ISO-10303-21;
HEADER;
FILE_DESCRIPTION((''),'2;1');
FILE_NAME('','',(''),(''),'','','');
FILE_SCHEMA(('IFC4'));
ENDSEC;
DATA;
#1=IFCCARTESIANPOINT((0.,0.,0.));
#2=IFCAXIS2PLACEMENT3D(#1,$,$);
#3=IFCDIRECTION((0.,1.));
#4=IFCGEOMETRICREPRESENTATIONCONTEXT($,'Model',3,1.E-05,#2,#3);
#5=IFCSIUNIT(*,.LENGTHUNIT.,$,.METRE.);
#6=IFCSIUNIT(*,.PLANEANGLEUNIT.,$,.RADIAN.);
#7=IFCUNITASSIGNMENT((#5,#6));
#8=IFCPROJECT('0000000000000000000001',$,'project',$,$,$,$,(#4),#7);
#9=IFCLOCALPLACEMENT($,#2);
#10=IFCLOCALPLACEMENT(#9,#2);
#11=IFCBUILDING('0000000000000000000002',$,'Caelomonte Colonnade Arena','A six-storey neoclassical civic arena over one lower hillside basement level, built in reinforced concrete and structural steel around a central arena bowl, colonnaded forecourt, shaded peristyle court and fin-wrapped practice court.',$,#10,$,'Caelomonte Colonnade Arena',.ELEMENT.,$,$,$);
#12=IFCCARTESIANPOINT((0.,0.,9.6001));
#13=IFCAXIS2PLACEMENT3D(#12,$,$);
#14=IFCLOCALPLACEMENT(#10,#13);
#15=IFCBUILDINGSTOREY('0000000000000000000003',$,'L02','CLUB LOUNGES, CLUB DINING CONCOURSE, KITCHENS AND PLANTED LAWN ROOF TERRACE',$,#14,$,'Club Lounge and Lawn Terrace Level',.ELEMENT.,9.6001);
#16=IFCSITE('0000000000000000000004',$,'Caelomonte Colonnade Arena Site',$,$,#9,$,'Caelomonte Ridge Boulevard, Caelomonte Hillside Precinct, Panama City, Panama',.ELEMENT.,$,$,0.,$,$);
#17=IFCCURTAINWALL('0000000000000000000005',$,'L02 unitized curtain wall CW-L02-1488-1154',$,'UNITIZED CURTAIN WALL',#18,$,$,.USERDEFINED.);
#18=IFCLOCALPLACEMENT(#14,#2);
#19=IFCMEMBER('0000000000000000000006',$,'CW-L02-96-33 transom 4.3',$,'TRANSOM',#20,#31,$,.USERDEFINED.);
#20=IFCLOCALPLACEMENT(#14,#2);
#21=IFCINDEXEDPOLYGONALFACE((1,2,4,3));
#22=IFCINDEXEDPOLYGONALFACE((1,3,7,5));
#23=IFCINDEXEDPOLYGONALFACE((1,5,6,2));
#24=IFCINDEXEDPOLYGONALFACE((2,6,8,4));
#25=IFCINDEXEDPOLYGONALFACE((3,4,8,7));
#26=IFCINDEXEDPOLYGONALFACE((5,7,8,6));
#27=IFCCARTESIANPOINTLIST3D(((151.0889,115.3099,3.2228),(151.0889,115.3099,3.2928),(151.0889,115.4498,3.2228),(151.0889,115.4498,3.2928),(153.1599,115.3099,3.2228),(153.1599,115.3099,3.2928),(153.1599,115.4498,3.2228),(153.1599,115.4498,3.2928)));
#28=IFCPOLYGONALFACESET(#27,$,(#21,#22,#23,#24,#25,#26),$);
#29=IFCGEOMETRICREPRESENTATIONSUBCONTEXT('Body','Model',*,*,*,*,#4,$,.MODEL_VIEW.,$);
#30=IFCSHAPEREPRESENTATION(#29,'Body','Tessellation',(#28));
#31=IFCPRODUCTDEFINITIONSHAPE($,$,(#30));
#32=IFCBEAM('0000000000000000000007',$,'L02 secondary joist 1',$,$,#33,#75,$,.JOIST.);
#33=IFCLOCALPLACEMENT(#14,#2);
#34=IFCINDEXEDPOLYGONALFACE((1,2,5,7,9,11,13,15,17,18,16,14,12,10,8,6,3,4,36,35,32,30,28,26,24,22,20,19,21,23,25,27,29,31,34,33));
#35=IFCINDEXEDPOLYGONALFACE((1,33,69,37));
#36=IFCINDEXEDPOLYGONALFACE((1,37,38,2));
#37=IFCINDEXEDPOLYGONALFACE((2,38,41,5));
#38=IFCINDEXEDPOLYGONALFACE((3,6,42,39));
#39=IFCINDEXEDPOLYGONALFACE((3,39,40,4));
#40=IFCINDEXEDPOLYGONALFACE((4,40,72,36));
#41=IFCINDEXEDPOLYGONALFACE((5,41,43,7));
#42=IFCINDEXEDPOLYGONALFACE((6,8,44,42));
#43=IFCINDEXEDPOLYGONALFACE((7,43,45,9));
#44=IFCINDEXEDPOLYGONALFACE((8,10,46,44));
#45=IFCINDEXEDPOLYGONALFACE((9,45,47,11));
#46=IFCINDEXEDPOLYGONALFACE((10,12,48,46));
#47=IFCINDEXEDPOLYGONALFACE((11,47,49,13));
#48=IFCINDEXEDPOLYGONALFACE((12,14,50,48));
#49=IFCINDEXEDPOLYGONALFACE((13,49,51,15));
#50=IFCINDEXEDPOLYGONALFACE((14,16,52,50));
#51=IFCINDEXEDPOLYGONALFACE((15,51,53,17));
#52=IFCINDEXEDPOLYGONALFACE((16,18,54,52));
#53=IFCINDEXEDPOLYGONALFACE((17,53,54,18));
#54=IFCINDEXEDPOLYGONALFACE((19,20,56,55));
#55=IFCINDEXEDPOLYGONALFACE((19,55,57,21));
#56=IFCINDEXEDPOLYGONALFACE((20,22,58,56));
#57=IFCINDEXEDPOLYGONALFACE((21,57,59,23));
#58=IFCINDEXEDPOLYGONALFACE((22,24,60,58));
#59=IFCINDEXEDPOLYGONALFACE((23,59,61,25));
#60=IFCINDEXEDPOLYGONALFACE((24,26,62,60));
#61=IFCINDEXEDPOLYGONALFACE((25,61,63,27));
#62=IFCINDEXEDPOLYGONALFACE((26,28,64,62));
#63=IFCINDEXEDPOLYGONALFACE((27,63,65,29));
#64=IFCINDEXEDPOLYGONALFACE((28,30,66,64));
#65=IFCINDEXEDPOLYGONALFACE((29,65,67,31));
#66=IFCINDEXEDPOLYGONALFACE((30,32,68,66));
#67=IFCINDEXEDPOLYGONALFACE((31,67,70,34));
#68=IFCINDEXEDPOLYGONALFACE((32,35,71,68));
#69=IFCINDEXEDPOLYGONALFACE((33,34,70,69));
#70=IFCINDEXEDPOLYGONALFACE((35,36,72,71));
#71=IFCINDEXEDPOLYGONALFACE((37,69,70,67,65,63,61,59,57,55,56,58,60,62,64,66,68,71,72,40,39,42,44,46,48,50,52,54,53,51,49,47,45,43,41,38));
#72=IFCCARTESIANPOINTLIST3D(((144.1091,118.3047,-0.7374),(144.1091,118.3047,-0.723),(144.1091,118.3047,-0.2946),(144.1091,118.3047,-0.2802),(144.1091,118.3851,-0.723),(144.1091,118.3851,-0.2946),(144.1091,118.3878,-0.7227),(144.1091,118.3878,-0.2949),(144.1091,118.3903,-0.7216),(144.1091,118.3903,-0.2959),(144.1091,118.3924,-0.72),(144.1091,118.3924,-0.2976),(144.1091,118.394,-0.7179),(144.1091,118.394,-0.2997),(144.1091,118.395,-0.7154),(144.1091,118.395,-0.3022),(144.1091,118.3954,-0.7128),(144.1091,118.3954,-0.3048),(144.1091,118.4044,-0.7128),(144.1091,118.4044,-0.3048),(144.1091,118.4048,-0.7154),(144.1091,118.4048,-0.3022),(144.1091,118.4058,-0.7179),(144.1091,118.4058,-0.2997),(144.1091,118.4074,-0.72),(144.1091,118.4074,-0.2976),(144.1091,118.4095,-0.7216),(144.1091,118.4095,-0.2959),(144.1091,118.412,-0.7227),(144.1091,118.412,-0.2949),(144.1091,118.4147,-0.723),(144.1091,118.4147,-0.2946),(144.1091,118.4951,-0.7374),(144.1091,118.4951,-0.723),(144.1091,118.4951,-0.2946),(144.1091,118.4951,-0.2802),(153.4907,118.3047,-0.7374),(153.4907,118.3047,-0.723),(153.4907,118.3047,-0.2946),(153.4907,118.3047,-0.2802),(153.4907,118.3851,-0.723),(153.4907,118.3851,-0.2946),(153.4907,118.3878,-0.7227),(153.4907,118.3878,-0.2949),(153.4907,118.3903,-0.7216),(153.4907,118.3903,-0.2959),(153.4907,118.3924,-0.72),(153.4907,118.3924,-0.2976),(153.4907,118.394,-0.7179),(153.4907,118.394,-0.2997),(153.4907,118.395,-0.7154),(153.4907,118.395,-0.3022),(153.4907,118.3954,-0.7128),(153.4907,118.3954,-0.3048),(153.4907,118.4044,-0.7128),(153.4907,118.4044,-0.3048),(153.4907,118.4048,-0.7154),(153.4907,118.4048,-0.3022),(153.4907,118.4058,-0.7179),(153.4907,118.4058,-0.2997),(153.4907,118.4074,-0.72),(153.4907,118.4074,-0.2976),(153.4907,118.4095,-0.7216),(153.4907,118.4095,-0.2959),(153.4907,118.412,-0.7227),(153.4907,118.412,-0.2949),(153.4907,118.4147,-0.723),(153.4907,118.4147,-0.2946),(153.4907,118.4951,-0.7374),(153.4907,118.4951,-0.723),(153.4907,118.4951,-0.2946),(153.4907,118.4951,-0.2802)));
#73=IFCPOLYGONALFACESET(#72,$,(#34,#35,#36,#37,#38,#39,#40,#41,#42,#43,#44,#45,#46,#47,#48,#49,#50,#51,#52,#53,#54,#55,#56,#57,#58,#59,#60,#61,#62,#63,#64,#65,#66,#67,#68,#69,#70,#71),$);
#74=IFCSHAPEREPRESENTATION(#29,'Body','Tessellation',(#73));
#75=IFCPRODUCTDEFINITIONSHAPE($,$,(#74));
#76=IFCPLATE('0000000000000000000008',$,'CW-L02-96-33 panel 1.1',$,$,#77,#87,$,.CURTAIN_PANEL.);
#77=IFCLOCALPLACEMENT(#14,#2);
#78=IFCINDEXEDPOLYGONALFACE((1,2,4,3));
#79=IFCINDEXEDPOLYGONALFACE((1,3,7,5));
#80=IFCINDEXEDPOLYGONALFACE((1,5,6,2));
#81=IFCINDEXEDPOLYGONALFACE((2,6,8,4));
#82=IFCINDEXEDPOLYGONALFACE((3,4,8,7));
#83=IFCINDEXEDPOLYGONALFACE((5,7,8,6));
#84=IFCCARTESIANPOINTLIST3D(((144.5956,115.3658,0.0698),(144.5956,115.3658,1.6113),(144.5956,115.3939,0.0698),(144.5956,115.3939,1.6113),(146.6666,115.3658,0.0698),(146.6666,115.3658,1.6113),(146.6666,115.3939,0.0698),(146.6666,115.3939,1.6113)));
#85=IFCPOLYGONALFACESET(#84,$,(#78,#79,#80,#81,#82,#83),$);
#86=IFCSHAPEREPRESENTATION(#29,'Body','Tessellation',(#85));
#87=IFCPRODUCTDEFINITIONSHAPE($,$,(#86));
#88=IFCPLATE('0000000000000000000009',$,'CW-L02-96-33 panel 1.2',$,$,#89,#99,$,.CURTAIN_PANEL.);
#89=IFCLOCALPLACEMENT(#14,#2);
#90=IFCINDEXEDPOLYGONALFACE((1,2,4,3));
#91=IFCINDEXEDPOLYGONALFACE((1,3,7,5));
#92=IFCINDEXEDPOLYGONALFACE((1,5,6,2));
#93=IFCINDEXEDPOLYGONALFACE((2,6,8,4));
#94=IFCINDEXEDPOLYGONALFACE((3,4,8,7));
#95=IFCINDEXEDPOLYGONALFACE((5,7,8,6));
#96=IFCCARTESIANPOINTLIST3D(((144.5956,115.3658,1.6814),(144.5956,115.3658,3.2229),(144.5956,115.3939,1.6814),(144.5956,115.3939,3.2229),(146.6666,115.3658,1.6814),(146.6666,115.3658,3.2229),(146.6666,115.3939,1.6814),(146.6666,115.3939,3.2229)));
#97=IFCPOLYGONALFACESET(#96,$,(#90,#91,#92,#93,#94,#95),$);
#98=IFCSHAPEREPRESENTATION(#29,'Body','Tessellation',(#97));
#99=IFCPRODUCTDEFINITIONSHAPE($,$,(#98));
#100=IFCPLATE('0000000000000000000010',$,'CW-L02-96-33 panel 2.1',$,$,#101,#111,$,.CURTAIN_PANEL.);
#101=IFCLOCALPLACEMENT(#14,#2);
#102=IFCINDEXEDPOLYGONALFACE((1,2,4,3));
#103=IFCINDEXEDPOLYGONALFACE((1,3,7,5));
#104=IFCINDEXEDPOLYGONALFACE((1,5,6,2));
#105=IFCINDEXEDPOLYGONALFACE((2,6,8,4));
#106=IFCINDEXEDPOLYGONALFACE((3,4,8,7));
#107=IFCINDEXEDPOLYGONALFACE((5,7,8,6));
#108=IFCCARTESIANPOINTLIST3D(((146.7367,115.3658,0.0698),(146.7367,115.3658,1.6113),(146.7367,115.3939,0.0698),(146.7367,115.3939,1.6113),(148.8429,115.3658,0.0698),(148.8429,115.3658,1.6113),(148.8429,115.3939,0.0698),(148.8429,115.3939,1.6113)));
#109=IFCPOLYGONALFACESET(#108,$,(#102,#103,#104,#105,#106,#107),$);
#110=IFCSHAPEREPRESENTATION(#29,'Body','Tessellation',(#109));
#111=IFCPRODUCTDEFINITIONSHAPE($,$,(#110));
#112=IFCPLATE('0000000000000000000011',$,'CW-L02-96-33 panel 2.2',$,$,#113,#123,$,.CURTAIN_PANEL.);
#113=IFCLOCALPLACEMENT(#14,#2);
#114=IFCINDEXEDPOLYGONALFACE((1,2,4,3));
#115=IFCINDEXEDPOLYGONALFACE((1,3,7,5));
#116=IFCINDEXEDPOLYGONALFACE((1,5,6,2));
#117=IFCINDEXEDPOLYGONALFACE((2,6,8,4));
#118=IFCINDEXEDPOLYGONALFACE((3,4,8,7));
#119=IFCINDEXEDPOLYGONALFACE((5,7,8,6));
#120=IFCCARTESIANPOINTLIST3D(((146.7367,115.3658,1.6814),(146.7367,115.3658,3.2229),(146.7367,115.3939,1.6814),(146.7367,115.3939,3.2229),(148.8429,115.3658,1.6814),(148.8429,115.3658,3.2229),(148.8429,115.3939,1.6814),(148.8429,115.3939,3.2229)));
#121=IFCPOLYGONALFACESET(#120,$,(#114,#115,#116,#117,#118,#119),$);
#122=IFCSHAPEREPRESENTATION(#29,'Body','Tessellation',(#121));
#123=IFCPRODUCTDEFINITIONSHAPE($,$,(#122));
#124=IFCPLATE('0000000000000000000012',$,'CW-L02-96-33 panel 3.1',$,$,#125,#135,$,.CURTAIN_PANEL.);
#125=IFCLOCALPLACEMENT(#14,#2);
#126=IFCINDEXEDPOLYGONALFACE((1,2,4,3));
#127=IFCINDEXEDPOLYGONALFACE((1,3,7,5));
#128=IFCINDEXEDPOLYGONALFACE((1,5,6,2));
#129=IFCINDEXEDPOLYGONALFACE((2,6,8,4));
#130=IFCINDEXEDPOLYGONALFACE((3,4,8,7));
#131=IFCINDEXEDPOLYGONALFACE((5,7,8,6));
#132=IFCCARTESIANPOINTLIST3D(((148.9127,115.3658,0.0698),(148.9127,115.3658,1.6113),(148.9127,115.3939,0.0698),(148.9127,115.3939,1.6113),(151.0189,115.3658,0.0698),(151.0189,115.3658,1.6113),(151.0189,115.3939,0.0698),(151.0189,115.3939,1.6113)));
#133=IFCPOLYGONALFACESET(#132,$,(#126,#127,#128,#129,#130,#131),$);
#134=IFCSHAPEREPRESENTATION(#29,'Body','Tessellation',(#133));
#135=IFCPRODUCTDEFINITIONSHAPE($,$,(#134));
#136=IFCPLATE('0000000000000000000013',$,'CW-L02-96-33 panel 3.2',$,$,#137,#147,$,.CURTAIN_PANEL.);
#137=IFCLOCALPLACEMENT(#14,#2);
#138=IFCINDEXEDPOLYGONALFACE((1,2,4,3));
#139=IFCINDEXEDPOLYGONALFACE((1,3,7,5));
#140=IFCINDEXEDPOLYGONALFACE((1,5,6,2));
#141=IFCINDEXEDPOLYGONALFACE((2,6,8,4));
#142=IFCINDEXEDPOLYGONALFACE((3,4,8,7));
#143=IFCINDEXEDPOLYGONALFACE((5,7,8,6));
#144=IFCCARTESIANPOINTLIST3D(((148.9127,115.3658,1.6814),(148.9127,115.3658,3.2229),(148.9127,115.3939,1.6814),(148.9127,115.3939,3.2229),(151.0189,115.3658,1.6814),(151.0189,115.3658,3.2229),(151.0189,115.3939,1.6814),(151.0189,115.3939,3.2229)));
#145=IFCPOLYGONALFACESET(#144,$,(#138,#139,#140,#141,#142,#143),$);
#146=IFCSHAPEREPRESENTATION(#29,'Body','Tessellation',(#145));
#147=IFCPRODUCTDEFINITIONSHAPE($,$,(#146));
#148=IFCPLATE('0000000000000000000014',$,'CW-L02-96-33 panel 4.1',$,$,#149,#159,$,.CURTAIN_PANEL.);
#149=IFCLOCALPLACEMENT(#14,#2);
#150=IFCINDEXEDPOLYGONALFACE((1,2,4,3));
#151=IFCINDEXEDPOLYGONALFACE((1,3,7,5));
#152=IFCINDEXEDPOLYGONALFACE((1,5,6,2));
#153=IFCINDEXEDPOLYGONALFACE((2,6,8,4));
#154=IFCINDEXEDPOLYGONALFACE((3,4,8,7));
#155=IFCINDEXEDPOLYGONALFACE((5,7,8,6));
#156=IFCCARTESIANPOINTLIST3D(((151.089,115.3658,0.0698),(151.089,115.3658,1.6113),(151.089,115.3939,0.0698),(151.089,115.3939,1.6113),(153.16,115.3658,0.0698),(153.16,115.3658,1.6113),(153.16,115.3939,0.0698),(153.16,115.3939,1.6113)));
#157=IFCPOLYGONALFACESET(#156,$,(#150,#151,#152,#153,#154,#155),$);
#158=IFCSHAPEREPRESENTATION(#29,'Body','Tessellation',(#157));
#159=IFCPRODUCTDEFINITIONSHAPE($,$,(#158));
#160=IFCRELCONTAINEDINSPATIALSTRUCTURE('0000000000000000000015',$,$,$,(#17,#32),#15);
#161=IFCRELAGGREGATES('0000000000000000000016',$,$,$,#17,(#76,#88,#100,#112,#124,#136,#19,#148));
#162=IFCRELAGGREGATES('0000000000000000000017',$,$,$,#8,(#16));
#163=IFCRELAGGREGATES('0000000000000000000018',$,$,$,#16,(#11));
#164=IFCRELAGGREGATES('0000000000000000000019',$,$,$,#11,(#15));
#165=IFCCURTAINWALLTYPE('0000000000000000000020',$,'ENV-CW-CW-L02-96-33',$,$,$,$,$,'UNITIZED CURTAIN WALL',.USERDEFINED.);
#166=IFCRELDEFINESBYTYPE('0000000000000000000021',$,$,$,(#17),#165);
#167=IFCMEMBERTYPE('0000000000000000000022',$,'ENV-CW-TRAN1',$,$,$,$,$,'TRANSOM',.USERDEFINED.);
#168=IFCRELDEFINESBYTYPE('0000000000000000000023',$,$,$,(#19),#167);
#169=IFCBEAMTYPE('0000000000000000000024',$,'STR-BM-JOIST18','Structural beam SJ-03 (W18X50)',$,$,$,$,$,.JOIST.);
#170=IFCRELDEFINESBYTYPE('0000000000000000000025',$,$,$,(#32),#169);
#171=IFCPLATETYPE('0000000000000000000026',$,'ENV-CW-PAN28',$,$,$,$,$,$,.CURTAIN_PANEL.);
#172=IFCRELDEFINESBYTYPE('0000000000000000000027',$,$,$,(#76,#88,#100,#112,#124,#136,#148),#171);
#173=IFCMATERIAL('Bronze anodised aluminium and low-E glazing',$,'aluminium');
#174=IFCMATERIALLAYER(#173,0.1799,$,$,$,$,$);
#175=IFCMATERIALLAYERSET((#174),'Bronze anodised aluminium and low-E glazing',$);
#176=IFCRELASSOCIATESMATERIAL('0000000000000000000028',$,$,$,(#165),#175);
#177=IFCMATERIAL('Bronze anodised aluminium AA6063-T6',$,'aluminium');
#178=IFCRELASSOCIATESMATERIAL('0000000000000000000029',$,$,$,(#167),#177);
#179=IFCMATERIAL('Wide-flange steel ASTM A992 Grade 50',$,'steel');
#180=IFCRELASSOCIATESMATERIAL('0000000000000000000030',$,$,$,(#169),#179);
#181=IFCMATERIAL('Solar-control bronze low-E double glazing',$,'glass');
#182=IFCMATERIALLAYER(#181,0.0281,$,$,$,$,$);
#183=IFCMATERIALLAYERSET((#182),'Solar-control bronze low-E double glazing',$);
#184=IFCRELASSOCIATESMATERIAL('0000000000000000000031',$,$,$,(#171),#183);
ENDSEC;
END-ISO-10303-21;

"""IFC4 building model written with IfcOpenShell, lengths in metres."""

from ifc_helpers import new_model, si_unit, direction, frame, origin, origin_2d, place, context, subcontext, project, spatial, rectangle, i_section, extrude, material, layer, layer_set, material_profile, profile_set, type_object, element, aggregate, save


model = new_model("IFC4")

# Units and contexts
model_context = context("Model", 3, precision=1e-05, world=origin(), true_north=direction((0.0, 1.0)))
body_context = subcontext(model_context, "Body", "Model", "MODEL_VIEW")
ifc_project = project(units=[si_unit("LENGTHUNIT", "METRE"), si_unit("PLANEANGLEUNIT", "RADIAN")], contexts=[model_context])

# Site, building, storey
site_placement = place(None, origin())
site = spatial("IfcSite", under=ifc_project, at=site_placement, Name="Caelomonte Colonnade Arena Site", LongName="Caelomonte Ridge Boulevard, Caelomonte Hillside Precinct, Panama City, Panama", CompositionType="ELEMENT", RefElevation=0.0)
building_placement = place(site_placement, origin())
building = spatial("IfcBuilding", under=site, at=building_placement, Name="Caelomonte Colonnade Arena", Description="A six-storey neoclassical civic arena over one lower hillside basement level, built in reinforced concrete and structural steel around a central arena bowl, colonnaded forecourt, shaded peristyle court and fin-wrapped practice court.", LongName="Caelomonte Colonnade Arena", CompositionType="ELEMENT")
storey_placement = place(building_placement, frame((0.0, 0.0, 9.6001)))
storey = spatial("IfcBuildingStorey", under=building, at=storey_placement, Name="L02", Description="CLUB LOUNGES, CLUB DINING CONCOURSE, KITCHENS AND PLANTED LAWN ROOF TERRACE", LongName="Club Lounge and Lawn Terrace Level", CompositionType="ELEMENT", Elevation=9.6001)

# Curtain wall, member
ifc_material_1 = material(Name="Bronze anodised aluminium and low-E glazing", Category="aluminium")
ifc_layer_1 = layer(ifc_material_1, 0.1799)
ifc_layer_set_1 = layer_set([ifc_layer_1], Name="Bronze anodised aluminium and low-E glazing")
curtain_wall_type = type_object("IfcCurtainWallType", Name="ENV-CW-CW-L02-96-33", ElementType="UNITIZED CURTAIN WALL", PredefinedType="USERDEFINED", material=ifc_layer_set_1)
curtain_wall_placement = place(storey_placement, origin())
curtain_wall = element("IfcCurtainWall", 1, at=curtain_wall_placement, inside=storey, type_object=curtain_wall_type, Name="L02 unitized curtain wall CW-L02-1488-1154", ObjectType="UNITIZED CURTAIN WALL", PredefinedType="USERDEFINED")
ifc_material_2 = material(Name="Bronze anodised aluminium AA6063-T6", Category="aluminium")
ifc_material_profile_1 = material_profile(ifc_material_2, rectangle(XDim=0.0701, YDim=0.1399, at=origin_2d()), Name="CWT-70X140")
ifc_profile_set_1 = profile_set([ifc_material_profile_1], Name="Bronze anodised aluminium AA6063-T6")
member_type_1 = type_object("IfcMemberType", Name="ENV-CW-TRAN1", ElementType="TRANSOM", PredefinedType="USERDEFINED", material=ifc_profile_set_1)
member_1_placement = place(storey_placement, frame((151.0889, 115.3799, 3.2578), z_axis=(1.0, 0.0, 0.0), x_axis=(0.0, 0.0, 1.0)))
member_1 = element("IfcMember", 2, at=member_1_placement, type_object=member_type_1, Name="CW-L02-96-33 transom 4.3", ObjectType="TRANSOM", PredefinedType="USERDEFINED", context=body_context, shape_type="SweptSolid", body=[
    extrude(rectangle(XDim=0.0701, YDim=0.1399, at=origin_2d()), origin(), (0.0, 0.0, 1.0), 2.071),
])

# Beam
ifc_material_3 = material(Name="Wide-flange steel ASTM A992 Grade 50", Category="steel")
ifc_material_profile_2 = material_profile(ifc_material_3, i_section(OverallWidth=0.1904, OverallDepth=0.4573, WebThickness=0.009, FlangeThickness=0.0144, FilletRadius=0.0103, at=origin_2d()), Name="W18X50")
ifc_profile_set_2 = profile_set([ifc_material_profile_2], Name="Wide-flange steel ASTM A992 Grade 50")
beam_type = type_object("IfcBeamType", Name="STR-BM-JOIST18", Description="Structural beam SJ-03 (W18X50)", PredefinedType="JOIST", material=ifc_profile_set_2)
beam_placement = place(storey_placement, frame((144.1091, 118.3999, -0.5088), z_axis=(1.0, 0.0, 0.0), x_axis=(0.0, 1.0, 0.0)))
element("IfcBeam", 3, at=beam_placement, inside=storey, type_object=beam_type, Name="L02 secondary joist 1", PredefinedType="JOIST", context=body_context, shape_type="SweptSolid", body=[
    extrude(i_section(OverallWidth=0.1904, OverallDepth=0.4573, WebThickness=0.009, FlangeThickness=0.0144, FilletRadius=0.0103, at=origin_2d()), origin(), (0.0, 0.0, 1.0), 9.3816),
])

# Plates
ifc_material_4 = material(Name="Solar-control bronze low-E double glazing", Category="glass")
ifc_layer_2 = layer(ifc_material_4, 0.0281)
ifc_layer_set_2 = layer_set([ifc_layer_2], Name="Solar-control bronze low-E double glazing")
plate_type = type_object("IfcPlateType", Name="ENV-CW-PAN28", PredefinedType="CURTAIN_PANEL", material=ifc_layer_set_2)
plate_1_placement = place(storey_placement, frame((145.6311, 115.3799, 0.0698), z_axis=(0.0, 0.0, 1.0), x_axis=(1.0, 0.0, 0.0)))
plate_1 = element("IfcPlate", 4, at=plate_1_placement, type_object=plate_type, Name="CW-L02-96-33 panel 1.1", PredefinedType="CURTAIN_PANEL", context=body_context, shape_type="SweptSolid", body=[
    extrude(rectangle(XDim=2.071, YDim=0.0281, at=origin_2d()), origin(), (0.0, 0.0, 1.0), 1.5415),
])
plate_2_placement = place(storey_placement, frame((145.6311, 115.3799, 1.6814), z_axis=(0.0, 0.0, 1.0), x_axis=(1.0, 0.0, 0.0)))
plate_2 = element("IfcPlate", 5, at=plate_2_placement, type_object=plate_type, Name="CW-L02-96-33 panel 1.2", PredefinedType="CURTAIN_PANEL", context=body_context, shape_type="SweptSolid", body=[
    extrude(rectangle(XDim=2.071, YDim=0.0281, at=origin_2d()), origin(), (0.0, 0.0, 1.0), 1.5415),
])
plate_3_placement = place(storey_placement, frame((147.7898, 115.3799, 0.0698), z_axis=(0.0, 0.0, 1.0), x_axis=(1.0, 0.0, 0.0)))
plate_3 = element("IfcPlate", 6, at=plate_3_placement, type_object=plate_type, Name="CW-L02-96-33 panel 2.1", PredefinedType="CURTAIN_PANEL", context=body_context, shape_type="SweptSolid", body=[
    extrude(rectangle(XDim=2.1062, YDim=0.0281, at=origin_2d()), origin(), (0.0, 0.0, 1.0), 1.5415),
])
plate_4_placement = place(storey_placement, frame((147.7898, 115.3799, 1.6814), z_axis=(0.0, 0.0, 1.0), x_axis=(1.0, 0.0, 0.0)))
plate_4 = element("IfcPlate", 7, at=plate_4_placement, type_object=plate_type, Name="CW-L02-96-33 panel 2.2", PredefinedType="CURTAIN_PANEL", context=body_context, shape_type="SweptSolid", body=[
    extrude(rectangle(XDim=2.1062, YDim=0.0281, at=origin_2d()), origin(), (0.0, 0.0, 1.0), 1.5415),
])
plate_5_placement = place(storey_placement, frame((149.9658, 115.3799, 0.0698), z_axis=(0.0, 0.0, 1.0), x_axis=(1.0, 0.0, 0.0)))
plate_5 = element("IfcPlate", 8, at=plate_5_placement, type_object=plate_type, Name="CW-L02-96-33 panel 3.1", PredefinedType="CURTAIN_PANEL", context=body_context, shape_type="SweptSolid", body=[
    extrude(rectangle(XDim=2.1062, YDim=0.0281, at=origin_2d()), origin(), (0.0, 0.0, 1.0), 1.5415),
])
plate_6_placement = place(storey_placement, frame((149.9658, 115.3799, 1.6814), z_axis=(0.0, 0.0, 1.0), x_axis=(1.0, 0.0, 0.0)))
plate_6 = element("IfcPlate", 9, at=plate_6_placement, type_object=plate_type, Name="CW-L02-96-33 panel 3.2", PredefinedType="CURTAIN_PANEL", context=body_context, shape_type="SweptSolid", body=[
    extrude(rectangle(XDim=2.1062, YDim=0.0281, at=origin_2d()), origin(), (0.0, 0.0, 1.0), 1.5415),
])
plate_7_placement = place(storey_placement, frame((152.1245, 115.3799, 0.0698), z_axis=(0.0, 0.0, 1.0), x_axis=(1.0, 0.0, 0.0)))
plate_7 = element("IfcPlate", 10, at=plate_7_placement, type_object=plate_type, Name="CW-L02-96-33 panel 4.1", PredefinedType="CURTAIN_PANEL", context=body_context, shape_type="SweptSolid", body=[
    extrude(rectangle(XDim=2.071, YDim=0.0281, at=origin_2d()), origin(), (0.0, 0.0, 1.0), 1.5415),
])
aggregate(curtain_wall, [plate_1, plate_2, plate_3, plate_4, plate_5, plate_6, member_1, plate_7])

save(model, "model.ifc")
